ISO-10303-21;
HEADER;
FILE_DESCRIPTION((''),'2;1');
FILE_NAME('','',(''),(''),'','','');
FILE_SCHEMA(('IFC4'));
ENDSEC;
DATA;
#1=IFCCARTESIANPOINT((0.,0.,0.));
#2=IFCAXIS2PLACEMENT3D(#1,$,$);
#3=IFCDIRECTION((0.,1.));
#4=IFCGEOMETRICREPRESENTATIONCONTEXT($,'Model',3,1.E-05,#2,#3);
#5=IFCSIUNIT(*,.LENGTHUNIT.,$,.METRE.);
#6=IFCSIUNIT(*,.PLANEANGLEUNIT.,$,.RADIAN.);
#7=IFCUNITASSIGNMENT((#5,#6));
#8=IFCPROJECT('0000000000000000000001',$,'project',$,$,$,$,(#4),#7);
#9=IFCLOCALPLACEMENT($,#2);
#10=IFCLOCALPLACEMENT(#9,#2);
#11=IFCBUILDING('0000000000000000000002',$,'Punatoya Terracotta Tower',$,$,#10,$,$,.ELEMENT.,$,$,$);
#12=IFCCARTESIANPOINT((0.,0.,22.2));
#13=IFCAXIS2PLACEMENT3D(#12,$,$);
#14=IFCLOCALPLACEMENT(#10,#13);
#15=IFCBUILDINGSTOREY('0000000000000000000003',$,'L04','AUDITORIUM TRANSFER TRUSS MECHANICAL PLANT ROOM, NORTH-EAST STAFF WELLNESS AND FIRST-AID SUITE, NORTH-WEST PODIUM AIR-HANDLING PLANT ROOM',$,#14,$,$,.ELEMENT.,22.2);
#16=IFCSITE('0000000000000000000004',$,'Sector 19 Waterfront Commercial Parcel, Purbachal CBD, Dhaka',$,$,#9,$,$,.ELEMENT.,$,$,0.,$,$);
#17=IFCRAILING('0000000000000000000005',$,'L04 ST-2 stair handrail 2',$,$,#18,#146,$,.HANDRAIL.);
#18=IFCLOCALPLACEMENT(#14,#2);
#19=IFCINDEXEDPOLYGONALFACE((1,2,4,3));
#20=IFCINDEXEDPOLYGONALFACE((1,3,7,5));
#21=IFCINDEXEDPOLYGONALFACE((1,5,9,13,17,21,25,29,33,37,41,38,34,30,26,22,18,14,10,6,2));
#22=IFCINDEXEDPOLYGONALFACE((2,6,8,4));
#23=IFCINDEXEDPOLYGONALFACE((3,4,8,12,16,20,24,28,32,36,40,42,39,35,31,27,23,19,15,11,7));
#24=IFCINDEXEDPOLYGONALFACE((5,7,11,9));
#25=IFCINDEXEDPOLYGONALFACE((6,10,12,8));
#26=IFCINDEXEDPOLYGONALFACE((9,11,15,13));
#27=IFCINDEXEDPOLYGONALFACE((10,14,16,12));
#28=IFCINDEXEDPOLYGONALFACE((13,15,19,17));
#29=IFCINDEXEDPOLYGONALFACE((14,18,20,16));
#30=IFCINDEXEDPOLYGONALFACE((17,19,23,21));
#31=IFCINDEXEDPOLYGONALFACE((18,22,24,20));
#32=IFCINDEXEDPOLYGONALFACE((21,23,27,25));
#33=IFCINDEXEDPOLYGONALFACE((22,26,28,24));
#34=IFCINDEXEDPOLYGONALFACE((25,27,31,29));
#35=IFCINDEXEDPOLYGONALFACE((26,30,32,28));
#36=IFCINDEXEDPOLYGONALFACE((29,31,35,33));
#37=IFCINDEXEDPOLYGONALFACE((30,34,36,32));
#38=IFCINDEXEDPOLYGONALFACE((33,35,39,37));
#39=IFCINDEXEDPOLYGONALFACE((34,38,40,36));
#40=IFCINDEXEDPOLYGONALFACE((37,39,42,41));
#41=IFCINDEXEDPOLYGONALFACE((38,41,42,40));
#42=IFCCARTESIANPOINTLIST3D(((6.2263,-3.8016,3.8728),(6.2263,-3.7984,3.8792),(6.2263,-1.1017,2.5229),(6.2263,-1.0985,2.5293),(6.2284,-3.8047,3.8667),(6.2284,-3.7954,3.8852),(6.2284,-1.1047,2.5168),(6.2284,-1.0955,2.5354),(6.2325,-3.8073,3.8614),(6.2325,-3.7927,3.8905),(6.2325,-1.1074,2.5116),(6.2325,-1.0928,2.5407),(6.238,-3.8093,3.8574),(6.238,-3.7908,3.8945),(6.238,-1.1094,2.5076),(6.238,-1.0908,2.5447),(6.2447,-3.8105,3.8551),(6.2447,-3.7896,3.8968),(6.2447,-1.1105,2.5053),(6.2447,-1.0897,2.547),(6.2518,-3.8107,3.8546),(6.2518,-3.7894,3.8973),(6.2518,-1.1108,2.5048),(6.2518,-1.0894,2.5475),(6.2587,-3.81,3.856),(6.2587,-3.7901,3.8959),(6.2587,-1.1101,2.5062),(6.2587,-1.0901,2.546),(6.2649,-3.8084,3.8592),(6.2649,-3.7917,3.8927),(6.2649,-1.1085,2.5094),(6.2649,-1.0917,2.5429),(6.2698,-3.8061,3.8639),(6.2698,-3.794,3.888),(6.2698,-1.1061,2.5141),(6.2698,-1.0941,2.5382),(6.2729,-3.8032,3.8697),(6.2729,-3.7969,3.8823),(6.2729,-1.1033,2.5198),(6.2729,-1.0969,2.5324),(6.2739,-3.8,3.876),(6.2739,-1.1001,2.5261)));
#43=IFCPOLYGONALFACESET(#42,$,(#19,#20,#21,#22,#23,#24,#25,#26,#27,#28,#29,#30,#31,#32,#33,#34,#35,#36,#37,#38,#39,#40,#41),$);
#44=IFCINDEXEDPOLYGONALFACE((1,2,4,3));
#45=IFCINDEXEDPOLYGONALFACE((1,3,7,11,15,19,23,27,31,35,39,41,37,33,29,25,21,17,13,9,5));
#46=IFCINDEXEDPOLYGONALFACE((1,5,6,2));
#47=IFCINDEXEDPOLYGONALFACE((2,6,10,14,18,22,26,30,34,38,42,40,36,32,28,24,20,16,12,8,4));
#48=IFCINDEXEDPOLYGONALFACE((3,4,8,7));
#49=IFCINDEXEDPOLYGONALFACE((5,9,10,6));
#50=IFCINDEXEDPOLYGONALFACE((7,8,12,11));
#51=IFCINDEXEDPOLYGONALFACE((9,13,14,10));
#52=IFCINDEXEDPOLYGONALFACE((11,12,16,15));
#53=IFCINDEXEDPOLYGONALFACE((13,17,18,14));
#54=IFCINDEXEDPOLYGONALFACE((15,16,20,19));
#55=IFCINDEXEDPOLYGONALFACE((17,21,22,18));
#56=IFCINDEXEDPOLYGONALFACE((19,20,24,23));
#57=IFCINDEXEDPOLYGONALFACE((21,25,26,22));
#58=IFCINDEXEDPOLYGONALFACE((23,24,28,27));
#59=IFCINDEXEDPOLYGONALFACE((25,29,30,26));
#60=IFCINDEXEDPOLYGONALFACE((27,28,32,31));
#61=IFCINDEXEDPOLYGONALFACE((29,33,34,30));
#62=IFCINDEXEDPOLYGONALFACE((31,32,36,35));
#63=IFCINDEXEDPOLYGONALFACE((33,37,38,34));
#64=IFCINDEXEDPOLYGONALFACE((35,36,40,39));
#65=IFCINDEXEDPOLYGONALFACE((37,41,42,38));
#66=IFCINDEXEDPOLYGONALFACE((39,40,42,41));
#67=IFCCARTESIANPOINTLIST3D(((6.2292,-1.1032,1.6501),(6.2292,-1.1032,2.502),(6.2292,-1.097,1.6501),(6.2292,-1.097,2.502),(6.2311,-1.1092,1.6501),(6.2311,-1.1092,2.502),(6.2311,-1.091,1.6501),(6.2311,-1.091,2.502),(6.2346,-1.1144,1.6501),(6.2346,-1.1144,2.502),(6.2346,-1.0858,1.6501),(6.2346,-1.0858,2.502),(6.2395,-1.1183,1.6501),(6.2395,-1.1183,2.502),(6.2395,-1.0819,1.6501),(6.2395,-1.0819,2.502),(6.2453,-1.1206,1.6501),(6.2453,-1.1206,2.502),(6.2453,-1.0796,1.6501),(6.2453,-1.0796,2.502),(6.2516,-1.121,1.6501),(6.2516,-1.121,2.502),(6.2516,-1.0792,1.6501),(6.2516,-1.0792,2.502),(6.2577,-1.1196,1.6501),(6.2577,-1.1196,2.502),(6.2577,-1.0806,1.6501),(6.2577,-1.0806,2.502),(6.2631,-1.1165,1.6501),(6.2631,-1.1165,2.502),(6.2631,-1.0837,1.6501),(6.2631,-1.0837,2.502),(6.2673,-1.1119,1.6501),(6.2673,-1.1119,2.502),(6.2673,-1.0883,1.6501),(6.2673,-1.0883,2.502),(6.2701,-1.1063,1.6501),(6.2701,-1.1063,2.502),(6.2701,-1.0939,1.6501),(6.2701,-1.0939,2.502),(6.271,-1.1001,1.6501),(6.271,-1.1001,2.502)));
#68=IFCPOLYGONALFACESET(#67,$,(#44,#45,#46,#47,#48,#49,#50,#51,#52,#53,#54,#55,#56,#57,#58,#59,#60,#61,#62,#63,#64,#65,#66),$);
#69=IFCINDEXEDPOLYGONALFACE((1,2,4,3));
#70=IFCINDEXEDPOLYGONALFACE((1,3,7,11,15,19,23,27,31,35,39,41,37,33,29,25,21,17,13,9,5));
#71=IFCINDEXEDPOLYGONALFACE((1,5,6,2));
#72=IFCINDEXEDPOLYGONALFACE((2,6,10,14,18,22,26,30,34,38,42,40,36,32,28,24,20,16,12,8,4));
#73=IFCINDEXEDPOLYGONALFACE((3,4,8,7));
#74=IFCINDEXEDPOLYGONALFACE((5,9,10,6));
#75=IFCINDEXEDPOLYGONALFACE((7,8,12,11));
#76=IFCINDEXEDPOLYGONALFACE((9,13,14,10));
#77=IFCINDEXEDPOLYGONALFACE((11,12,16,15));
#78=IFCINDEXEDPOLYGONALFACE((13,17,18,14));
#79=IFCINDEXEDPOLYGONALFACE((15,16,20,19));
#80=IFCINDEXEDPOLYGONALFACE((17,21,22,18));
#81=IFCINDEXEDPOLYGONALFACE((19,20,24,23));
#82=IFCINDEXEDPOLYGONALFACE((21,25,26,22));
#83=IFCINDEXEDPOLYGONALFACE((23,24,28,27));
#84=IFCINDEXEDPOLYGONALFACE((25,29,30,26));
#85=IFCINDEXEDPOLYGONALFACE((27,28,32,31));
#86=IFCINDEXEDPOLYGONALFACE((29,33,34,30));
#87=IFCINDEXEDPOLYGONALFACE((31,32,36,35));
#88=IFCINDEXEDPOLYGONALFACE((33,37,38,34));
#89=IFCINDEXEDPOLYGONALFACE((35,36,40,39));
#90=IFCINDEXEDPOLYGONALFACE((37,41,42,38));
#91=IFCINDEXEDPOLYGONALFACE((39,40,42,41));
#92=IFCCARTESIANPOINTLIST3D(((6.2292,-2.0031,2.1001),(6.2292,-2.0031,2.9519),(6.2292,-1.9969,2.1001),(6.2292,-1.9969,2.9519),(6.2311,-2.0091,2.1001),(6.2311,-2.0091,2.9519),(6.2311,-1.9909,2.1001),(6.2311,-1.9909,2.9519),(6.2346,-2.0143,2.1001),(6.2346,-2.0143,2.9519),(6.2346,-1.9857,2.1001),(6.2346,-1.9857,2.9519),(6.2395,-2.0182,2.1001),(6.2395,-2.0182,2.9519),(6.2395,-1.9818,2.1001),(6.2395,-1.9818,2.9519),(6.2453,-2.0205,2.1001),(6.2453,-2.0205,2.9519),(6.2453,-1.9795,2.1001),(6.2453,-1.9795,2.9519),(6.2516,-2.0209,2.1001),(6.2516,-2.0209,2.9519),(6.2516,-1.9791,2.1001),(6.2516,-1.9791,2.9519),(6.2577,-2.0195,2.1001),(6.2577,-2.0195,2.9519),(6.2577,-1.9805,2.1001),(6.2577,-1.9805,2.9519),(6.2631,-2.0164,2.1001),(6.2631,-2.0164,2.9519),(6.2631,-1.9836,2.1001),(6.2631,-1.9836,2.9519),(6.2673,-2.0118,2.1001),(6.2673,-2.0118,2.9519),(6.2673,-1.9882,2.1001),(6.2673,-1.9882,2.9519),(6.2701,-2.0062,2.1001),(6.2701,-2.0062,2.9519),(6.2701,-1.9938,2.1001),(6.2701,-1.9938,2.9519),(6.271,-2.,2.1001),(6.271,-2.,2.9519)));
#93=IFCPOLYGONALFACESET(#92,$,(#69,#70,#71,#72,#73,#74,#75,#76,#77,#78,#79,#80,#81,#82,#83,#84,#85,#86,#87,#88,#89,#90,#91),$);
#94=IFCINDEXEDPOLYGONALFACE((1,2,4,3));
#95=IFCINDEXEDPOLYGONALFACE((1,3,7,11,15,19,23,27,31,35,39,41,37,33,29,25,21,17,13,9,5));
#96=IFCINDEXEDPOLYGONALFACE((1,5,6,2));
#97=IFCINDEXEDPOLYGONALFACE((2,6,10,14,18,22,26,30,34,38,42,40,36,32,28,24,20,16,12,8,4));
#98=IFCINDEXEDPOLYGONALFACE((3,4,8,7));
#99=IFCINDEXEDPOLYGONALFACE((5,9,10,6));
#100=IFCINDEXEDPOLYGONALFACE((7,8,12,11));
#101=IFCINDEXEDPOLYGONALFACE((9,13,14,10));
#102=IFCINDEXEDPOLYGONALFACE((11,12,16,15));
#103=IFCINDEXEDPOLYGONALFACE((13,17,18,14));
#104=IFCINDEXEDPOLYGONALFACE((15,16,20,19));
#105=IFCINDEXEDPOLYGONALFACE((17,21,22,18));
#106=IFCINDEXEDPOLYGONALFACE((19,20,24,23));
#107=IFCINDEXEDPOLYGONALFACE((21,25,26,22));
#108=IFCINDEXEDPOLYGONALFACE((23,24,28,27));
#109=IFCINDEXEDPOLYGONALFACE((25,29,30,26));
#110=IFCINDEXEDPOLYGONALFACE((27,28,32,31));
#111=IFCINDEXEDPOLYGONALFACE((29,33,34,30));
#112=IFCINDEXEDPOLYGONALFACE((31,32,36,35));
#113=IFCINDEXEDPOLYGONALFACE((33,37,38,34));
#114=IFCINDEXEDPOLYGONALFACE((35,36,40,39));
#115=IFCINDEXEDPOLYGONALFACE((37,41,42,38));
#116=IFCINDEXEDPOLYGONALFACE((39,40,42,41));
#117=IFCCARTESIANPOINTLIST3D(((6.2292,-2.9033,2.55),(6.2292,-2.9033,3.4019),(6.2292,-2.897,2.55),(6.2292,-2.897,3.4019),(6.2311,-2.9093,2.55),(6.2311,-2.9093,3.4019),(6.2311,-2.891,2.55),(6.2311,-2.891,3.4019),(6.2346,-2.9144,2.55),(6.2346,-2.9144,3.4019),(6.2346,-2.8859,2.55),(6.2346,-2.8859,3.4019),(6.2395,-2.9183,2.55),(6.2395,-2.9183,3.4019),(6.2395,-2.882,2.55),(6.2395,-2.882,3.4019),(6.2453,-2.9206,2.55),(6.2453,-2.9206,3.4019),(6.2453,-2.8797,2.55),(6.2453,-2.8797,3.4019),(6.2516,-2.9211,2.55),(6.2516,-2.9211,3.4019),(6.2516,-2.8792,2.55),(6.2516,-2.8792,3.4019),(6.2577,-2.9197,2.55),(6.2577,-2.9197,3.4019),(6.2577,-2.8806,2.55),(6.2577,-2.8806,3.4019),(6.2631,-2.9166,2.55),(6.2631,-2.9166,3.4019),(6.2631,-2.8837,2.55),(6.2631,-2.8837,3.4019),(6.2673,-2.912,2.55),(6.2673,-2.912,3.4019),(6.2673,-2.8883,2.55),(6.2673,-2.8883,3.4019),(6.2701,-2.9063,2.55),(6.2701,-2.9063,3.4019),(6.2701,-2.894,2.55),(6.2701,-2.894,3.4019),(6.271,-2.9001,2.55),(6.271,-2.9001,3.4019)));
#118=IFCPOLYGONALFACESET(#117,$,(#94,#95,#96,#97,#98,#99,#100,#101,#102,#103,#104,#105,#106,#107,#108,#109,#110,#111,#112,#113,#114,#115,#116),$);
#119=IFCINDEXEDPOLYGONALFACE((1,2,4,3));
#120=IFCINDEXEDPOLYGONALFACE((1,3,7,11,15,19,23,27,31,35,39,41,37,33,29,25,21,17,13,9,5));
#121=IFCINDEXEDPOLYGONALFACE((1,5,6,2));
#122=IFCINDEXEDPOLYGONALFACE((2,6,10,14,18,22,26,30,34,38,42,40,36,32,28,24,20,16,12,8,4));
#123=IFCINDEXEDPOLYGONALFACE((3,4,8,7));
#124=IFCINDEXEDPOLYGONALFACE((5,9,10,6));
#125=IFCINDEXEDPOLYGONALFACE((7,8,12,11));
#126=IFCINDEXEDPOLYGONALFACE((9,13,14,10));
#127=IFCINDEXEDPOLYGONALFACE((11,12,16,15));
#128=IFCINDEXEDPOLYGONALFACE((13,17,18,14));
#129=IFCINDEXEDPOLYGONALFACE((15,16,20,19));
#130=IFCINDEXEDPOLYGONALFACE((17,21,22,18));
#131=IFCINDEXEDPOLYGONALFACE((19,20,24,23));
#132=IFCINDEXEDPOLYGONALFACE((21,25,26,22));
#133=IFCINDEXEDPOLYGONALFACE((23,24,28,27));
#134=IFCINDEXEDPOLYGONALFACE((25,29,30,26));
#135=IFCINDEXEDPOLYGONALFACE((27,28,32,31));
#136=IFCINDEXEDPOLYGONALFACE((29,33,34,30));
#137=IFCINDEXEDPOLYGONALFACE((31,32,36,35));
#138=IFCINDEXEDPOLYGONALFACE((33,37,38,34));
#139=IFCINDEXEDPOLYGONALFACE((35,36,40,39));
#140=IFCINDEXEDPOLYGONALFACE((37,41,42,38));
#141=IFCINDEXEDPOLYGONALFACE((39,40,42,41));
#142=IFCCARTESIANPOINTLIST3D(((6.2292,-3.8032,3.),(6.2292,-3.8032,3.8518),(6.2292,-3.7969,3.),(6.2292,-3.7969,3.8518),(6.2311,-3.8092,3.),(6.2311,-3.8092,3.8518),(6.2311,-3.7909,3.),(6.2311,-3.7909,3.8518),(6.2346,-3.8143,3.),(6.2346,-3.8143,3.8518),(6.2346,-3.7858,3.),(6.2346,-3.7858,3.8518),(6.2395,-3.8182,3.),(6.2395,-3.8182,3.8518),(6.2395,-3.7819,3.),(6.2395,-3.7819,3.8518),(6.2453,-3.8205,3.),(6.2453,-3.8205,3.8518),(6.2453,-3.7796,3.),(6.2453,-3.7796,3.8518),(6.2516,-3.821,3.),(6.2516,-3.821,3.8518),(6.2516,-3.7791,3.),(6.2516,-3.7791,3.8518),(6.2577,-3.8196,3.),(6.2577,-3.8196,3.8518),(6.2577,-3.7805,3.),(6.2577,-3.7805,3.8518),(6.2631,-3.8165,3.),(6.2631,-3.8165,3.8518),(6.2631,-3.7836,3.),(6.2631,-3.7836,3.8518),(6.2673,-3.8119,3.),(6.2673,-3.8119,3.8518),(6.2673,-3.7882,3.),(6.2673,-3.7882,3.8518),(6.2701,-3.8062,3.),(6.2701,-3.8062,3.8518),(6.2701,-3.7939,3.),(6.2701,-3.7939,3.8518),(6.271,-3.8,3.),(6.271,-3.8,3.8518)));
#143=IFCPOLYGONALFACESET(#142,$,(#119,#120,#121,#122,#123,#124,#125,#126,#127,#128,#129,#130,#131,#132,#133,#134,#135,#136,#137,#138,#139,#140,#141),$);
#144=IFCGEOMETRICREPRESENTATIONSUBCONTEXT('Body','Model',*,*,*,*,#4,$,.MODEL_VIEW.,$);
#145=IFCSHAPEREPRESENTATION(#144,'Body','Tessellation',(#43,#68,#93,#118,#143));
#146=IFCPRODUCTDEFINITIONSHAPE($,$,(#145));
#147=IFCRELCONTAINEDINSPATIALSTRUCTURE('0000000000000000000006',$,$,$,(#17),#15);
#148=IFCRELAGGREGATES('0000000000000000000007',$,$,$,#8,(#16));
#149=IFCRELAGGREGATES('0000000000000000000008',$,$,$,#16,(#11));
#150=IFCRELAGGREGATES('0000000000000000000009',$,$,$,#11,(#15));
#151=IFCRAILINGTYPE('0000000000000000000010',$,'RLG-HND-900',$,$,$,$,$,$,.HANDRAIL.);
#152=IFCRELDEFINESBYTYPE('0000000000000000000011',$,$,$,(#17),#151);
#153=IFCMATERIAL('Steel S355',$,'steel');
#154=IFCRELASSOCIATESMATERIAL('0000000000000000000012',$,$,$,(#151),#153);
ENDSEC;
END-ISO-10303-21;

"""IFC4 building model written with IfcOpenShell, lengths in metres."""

from ifc_helpers import new_model, si_unit, direction, frame, origin, origin_2d, place, context, subcontext, project, spatial, circle, extrude, material, type_object, element, save


model = new_model("IFC4")

# Units and contexts
model_context = context("Model", 3, precision=1e-05, world=origin(), true_north=direction((0.0, 1.0)))
body_context = subcontext(model_context, "Body", "Model", "MODEL_VIEW")
ifc_project = project(units=[si_unit("LENGTHUNIT", "METRE"), si_unit("PLANEANGLEUNIT", "RADIAN")], contexts=[model_context])

# Site, building, storey
site_placement = place(None, origin())
site = spatial("IfcSite", under=ifc_project, at=site_placement, Name="Sector 19 Waterfront Commercial Parcel, Purbachal CBD, Dhaka", CompositionType="ELEMENT", RefElevation=0.0)
building_placement = place(site_placement, origin())
building = spatial("IfcBuilding", under=site, at=building_placement, Name="Punatoya Terracotta Tower", CompositionType="ELEMENT")
storey_placement = place(building_placement, frame((0.0, 0.0, 22.2)))
storey = spatial("IfcBuildingStorey", under=building, at=storey_placement, Name="L04", Description="AUDITORIUM TRANSFER TRUSS MECHANICAL PLANT ROOM, NORTH-EAST STAFF WELLNESS AND FIRST-AID SUITE, NORTH-WEST PODIUM AIR-HANDLING PLANT ROOM", CompositionType="ELEMENT", Elevation=22.2)

# Shared definitions
ifc_material_1 = material(Name="Steel S355", Category="steel")

# Railing
railing_type_1 = type_object("IfcRailingType", Name="RLG-HND-900", PredefinedType="HANDRAIL", material=ifc_material_1)
for number, where, name in (
    (1, (6.25, -1.1001, 1.6501), "L04 ST-2 stair handrail 2"),
):
    element("IfcRailing", number, at=place(storey_placement, frame(where)), inside=storey, type_object=railing_type_1, Name=name, PredefinedType="HANDRAIL", context=body_context, shape_type="SweptSolid", body=[
        extrude(circle(Radius=0.0239, at=origin_2d()), frame((0.0, 0.0, 0.876), z_axis=(0.0, -0.894443, 0.447181), x_axis=(1.0, 0.0, 0.0)), (0.0, 0.0, 1.0), 3.0186),
        extrude(circle(Radius=0.021, at=origin_2d()), origin(), (0.0, 0.0, 1.0), 0.8518),
        extrude(circle(Radius=0.021, at=origin_2d()), frame((0.0, -0.8999, 0.45)), (0.0, 0.0, 1.0), 0.8518),
        extrude(circle(Radius=0.021, at=origin_2d()), frame((0.0, -1.8, 0.8999)), (0.0, 0.0, 1.0), 0.8518),
        extrude(circle(Radius=0.021, at=origin_2d()), frame((0.0, -2.7, 1.3499)), (0.0, 0.0, 1.0), 0.8518),
    ])

save(model, "model.ifc")
